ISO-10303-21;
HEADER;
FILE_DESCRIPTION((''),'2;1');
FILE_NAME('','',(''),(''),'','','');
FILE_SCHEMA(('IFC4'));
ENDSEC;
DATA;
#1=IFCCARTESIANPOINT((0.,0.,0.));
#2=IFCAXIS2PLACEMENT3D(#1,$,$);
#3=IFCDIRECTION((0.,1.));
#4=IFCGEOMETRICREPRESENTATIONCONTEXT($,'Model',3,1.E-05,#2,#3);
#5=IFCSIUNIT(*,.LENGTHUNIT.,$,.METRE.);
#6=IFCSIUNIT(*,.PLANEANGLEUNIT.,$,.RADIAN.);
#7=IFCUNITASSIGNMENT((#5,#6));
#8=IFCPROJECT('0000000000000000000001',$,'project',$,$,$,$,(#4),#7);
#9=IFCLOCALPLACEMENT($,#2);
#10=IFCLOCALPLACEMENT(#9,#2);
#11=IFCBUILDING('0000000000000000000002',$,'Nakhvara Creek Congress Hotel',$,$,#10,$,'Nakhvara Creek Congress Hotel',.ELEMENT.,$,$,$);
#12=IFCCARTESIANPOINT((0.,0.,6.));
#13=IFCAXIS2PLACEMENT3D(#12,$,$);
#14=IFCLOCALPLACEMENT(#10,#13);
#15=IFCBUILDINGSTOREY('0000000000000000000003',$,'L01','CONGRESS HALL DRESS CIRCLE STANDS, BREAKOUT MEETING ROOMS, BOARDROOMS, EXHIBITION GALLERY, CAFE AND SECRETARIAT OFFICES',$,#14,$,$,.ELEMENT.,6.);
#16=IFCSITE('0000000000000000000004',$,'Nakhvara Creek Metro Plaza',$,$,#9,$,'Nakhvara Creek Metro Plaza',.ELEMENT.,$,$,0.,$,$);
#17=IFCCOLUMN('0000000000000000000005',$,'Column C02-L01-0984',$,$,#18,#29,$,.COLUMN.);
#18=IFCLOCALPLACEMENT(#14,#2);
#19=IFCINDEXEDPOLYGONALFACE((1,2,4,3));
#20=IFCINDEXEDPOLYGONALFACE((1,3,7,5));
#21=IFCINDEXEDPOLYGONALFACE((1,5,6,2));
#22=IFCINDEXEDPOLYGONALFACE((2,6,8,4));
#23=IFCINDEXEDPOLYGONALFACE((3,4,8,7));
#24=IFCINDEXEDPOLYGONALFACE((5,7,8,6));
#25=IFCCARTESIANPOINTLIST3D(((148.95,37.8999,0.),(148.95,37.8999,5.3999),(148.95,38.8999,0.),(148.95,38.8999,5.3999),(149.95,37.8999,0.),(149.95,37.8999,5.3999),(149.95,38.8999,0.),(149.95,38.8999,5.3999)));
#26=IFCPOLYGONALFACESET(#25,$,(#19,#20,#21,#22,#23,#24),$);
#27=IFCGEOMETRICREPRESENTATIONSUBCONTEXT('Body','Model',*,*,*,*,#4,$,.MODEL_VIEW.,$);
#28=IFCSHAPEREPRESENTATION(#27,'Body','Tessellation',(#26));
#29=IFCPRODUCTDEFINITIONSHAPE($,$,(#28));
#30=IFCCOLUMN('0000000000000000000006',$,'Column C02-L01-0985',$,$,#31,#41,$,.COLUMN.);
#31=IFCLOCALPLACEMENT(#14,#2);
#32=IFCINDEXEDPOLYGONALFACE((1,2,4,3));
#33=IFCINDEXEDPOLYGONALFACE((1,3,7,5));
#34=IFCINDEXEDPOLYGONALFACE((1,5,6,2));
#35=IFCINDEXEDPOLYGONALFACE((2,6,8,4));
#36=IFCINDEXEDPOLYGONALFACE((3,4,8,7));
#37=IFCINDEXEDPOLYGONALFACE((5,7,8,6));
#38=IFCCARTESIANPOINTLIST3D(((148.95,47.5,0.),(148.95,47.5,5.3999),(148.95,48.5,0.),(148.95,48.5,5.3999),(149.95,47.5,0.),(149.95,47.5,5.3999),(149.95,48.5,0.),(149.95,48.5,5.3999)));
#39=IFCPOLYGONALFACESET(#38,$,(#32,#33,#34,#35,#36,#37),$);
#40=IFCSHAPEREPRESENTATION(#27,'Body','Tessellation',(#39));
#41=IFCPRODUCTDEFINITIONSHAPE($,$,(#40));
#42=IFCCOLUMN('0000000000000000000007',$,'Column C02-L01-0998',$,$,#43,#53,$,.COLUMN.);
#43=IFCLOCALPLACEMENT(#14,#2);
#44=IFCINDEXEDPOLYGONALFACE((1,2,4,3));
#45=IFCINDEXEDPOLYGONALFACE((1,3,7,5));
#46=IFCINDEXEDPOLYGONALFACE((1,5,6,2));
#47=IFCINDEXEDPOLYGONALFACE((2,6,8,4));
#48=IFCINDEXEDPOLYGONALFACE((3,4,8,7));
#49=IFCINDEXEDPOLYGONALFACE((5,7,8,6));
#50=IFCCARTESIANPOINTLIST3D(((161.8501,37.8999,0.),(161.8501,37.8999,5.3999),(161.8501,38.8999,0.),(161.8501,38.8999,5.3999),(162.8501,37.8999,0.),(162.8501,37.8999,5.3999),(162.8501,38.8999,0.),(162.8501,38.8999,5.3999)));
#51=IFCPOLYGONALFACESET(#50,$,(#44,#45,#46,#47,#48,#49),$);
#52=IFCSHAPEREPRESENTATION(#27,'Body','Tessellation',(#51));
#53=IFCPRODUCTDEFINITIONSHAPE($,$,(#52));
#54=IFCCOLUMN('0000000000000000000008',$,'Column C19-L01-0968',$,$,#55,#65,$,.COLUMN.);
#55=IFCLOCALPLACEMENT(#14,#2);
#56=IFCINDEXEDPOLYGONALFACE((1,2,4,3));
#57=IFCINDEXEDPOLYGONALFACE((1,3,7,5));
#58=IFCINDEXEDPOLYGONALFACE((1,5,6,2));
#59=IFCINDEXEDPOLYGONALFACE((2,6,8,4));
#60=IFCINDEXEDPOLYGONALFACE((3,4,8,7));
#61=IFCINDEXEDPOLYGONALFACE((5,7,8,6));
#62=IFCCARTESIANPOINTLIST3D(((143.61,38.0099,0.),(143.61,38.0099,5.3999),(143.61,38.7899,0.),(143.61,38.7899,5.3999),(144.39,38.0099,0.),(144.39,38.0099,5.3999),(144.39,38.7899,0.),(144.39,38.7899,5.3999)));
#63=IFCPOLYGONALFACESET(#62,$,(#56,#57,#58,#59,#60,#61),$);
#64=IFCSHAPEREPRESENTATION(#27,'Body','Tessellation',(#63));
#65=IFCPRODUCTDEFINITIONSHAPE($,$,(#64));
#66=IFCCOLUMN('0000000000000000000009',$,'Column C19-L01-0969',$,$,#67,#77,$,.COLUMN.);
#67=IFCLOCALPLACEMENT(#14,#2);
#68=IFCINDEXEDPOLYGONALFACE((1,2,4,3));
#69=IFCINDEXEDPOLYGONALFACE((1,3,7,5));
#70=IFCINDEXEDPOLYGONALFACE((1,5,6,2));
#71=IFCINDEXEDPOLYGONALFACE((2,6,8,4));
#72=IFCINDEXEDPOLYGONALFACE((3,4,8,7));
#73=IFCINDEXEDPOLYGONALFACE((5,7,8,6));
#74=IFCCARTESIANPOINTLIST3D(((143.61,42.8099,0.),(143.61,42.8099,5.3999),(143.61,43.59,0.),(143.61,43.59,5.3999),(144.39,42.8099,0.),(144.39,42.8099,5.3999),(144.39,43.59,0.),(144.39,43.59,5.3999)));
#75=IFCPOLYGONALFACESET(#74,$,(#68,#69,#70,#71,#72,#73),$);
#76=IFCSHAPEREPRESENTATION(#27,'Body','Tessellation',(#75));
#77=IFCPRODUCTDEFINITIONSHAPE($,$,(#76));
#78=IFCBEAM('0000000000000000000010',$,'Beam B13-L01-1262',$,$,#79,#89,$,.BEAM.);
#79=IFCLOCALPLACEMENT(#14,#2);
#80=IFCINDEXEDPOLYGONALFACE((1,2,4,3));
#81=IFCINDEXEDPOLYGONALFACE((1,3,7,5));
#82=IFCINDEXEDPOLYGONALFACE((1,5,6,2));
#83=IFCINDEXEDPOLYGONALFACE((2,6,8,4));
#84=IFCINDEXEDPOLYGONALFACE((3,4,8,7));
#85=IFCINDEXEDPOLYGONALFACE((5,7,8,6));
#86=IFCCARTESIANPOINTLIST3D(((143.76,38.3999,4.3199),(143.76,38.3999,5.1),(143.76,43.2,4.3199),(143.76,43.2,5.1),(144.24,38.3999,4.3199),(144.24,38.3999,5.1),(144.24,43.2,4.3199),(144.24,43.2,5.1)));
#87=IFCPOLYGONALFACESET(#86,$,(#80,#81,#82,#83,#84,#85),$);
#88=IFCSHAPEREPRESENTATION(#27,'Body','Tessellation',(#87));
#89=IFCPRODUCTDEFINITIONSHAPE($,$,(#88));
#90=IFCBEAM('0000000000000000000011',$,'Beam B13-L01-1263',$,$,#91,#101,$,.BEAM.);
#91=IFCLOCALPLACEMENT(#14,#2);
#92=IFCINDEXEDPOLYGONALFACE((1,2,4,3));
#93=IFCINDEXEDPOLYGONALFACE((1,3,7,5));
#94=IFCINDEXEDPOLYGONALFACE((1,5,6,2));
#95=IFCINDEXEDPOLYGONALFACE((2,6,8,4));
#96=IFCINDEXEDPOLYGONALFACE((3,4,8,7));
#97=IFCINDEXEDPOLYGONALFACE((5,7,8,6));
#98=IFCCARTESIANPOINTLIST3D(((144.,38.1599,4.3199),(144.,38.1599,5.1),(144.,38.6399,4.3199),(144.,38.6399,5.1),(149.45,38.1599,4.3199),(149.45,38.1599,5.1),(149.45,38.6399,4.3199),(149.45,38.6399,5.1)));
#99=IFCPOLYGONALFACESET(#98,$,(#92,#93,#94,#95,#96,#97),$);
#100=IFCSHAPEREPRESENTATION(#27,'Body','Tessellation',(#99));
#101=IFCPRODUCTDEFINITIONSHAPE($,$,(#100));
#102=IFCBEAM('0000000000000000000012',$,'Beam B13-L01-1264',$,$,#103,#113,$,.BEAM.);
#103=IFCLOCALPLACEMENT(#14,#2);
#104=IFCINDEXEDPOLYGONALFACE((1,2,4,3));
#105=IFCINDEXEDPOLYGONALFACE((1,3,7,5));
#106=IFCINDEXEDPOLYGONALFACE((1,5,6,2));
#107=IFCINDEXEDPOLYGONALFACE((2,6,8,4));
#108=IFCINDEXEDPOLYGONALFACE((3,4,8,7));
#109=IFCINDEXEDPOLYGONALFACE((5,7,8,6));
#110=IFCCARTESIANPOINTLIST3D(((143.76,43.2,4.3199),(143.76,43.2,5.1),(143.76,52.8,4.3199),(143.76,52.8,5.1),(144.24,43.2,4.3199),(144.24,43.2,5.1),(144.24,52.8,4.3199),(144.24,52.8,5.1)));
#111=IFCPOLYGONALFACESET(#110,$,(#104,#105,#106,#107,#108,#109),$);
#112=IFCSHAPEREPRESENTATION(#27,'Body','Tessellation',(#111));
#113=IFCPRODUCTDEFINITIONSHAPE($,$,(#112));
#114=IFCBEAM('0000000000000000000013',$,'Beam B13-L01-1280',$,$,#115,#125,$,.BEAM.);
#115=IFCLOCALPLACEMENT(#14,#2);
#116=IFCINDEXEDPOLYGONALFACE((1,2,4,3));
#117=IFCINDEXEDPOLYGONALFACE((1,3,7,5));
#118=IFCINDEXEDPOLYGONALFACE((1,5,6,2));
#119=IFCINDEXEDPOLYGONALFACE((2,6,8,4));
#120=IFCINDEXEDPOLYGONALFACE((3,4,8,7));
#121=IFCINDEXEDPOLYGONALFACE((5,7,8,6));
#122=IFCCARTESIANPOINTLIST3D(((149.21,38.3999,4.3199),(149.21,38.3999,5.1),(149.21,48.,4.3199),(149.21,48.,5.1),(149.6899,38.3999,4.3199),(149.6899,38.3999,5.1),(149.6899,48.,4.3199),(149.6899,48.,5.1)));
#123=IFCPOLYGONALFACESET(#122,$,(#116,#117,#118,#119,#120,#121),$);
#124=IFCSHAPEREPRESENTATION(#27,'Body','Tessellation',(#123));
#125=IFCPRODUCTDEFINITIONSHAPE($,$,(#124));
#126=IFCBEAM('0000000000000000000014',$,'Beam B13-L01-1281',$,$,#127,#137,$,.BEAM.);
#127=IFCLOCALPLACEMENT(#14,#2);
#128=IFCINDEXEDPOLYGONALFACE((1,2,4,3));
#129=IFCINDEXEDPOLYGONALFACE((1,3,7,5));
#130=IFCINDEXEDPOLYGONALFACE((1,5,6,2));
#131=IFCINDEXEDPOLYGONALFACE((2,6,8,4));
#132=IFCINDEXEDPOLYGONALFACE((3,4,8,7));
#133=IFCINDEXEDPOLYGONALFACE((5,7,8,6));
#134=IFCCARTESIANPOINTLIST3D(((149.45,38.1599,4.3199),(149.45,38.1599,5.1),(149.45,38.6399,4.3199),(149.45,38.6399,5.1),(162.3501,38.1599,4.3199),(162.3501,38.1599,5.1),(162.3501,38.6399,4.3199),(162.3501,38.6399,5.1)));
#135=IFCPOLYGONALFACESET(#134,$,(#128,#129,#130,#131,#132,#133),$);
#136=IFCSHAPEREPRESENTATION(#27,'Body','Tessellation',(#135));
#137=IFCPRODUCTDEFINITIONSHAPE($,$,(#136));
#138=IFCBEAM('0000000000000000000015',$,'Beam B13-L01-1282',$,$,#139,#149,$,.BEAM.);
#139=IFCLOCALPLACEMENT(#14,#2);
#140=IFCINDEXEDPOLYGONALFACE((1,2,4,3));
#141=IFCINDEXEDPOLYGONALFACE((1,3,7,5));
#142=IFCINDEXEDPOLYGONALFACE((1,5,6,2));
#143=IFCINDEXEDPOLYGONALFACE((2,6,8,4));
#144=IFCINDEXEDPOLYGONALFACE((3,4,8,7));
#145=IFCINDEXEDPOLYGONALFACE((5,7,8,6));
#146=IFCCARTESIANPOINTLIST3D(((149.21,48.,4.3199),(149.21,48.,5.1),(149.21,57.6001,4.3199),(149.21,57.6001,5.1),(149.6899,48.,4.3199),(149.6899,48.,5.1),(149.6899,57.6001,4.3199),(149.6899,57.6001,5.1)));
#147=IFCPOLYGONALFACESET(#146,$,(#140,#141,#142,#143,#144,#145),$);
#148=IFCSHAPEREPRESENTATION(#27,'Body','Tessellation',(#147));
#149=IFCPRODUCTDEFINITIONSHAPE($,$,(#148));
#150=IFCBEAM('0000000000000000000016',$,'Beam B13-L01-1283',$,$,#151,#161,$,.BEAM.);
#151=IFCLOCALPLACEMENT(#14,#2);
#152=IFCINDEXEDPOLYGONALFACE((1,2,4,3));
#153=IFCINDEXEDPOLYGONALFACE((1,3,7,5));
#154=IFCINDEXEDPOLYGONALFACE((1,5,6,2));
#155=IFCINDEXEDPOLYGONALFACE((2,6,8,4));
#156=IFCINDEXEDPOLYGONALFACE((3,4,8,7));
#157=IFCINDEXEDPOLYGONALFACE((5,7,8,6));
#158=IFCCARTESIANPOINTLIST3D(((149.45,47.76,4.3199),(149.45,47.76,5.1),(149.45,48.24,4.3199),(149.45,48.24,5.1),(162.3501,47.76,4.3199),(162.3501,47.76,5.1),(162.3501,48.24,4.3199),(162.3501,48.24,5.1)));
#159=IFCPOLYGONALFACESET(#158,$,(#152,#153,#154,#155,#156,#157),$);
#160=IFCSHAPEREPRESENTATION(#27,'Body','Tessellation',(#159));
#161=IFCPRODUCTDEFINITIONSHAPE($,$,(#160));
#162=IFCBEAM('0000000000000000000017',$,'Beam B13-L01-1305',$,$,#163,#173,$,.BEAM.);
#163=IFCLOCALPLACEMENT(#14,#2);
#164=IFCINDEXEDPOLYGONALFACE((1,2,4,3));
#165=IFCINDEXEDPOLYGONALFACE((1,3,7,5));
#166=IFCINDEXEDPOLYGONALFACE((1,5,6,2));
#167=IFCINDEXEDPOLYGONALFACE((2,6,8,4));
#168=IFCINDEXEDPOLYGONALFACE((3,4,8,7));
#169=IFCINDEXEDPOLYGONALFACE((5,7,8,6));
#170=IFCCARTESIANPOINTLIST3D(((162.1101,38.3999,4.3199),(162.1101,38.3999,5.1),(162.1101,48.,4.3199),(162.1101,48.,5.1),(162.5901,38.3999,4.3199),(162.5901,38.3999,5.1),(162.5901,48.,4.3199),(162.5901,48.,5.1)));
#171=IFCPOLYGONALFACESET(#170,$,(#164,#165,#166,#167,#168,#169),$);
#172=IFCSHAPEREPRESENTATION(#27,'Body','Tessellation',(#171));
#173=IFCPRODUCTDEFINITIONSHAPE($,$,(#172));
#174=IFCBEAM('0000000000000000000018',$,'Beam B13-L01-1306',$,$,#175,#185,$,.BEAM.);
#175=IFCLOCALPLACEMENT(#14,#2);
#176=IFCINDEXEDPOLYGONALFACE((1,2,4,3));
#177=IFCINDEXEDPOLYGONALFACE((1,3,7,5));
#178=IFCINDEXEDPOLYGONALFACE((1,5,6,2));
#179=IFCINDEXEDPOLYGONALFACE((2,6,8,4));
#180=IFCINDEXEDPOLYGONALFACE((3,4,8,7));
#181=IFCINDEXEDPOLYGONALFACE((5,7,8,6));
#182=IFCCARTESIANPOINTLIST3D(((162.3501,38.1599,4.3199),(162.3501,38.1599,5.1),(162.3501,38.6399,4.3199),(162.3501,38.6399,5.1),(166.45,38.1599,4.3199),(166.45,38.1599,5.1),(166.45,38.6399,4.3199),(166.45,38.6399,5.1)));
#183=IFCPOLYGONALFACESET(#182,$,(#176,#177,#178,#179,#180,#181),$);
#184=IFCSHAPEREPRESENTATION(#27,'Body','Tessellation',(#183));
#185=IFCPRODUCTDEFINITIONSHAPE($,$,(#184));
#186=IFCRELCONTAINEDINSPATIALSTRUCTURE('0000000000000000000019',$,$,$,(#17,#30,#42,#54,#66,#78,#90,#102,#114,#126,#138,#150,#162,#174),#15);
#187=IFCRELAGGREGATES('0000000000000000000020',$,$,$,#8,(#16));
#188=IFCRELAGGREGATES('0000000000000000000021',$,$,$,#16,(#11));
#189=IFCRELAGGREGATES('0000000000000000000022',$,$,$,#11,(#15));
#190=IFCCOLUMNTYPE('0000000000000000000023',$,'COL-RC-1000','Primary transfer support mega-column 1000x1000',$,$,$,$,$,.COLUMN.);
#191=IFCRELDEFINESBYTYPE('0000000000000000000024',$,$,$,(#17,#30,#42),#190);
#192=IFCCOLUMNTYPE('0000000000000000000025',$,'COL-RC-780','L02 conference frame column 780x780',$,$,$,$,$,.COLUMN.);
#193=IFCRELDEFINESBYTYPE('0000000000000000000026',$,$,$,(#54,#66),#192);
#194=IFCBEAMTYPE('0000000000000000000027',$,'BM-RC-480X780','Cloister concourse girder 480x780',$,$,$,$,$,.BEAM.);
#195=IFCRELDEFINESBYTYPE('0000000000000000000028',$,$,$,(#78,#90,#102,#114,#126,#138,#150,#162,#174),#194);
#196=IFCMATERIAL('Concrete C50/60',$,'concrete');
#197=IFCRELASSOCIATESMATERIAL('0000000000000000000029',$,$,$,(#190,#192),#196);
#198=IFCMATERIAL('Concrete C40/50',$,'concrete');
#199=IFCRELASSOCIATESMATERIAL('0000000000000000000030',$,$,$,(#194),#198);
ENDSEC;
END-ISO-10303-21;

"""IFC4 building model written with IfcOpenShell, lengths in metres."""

from ifc_helpers import new_model, si_unit, direction, frame, origin, origin_2d, place, context, subcontext, project, spatial, rectangle, extrude, material, material_profile, profile_set, type_object, element, save


model = new_model("IFC4")

# Units and contexts
model_context = context("Model", 3, precision=1e-05, world=origin(), true_north=direction((0.0, 1.0)))
body_context = subcontext(model_context, "Body", "Model", "MODEL_VIEW")
ifc_project = project(units=[si_unit("LENGTHUNIT", "METRE"), si_unit("PLANEANGLEUNIT", "RADIAN")], contexts=[model_context])

# Site, building, storey
site_placement = place(None, origin())
site = spatial("IfcSite", under=ifc_project, at=site_placement, Name="Nakhvara Creek Metro Plaza", LongName="Nakhvara Creek Metro Plaza", CompositionType="ELEMENT", RefElevation=0.0)
building_placement = place(site_placement, origin())
building = spatial("IfcBuilding", under=site, at=building_placement, Name="Nakhvara Creek Congress Hotel", LongName="Nakhvara Creek Congress Hotel", CompositionType="ELEMENT")
storey_placement = place(building_placement, frame((0.0, 0.0, 6.0)))
storey = spatial("IfcBuildingStorey", under=building, at=storey_placement, Name="L01", Description="CONGRESS HALL DRESS CIRCLE STANDS, BREAKOUT MEETING ROOMS, BOARDROOMS, EXHIBITION GALLERY, CAFE AND SECRETARIAT OFFICES", CompositionType="ELEMENT", Elevation=6.0)

# Columns
ifc_material_1 = material(Name="Concrete C50/60", Category="concrete")
ifc_material_profile_1 = material_profile(ifc_material_1, rectangle(XDim=1.0, YDim=1.0, at=origin_2d()), Name="RC-COL 1000x1000", Category="LoadBearing")
ifc_profile_set_1 = profile_set([ifc_material_profile_1], Name="Concrete C50/60")
column_type_1 = type_object("IfcColumnType", Name="COL-RC-1000", Description="Primary transfer support mega-column 1000x1000", PredefinedType="COLUMN", material=ifc_profile_set_1)
for number, where, z_axis, x_axis, name in (
    (1, (149.45, 38.3999, 0.0), (0.0, 0.0, 1.0), (1.0, 0.0, 0.0), "Column C02-L01-0984"),
    (2, (149.45, 48.0, 0.0), (0.0, 0.0, 1.0), (1.0, 0.0, 0.0), "Column C02-L01-0985"),
    (3, (162.3501, 38.3999, 0.0), (0.0, 0.0, 1.0), (1.0, 0.0, 0.0), "Column C02-L01-0998"),
):
    element("IfcColumn", number, at=place(storey_placement, frame(where, z_axis=z_axis, x_axis=x_axis)), inside=storey, type_object=column_type_1, Name=name, PredefinedType="COLUMN", context=body_context, shape_type="SweptSolid", body=[
        extrude(rectangle(XDim=1.0, YDim=1.0, at=origin_2d()), origin(), (0.0, 0.0, 1.0), 5.3999),
    ])
ifc_material_profile_2 = material_profile(ifc_material_1, rectangle(XDim=0.78, YDim=0.78, at=origin_2d()), Name="RC-COL 780x780", Category="LoadBearing")
ifc_profile_set_2 = profile_set([ifc_material_profile_2], Name="Concrete C50/60")
column_type_2 = type_object("IfcColumnType", Name="COL-RC-780", Description="L02 conference frame column 780x780", PredefinedType="COLUMN", material=ifc_profile_set_2)
for number, where, z_axis, x_axis, name in (
    (4, (144.0, 38.3999, 0.0), (0.0, 0.0, 1.0), (1.0, 0.0, 0.0), "Column C19-L01-0968"),
    (5, (144.0, 43.2, 0.0), (0.0, 0.0, 1.0), (1.0, 0.0, 0.0), "Column C19-L01-0969"),
):
    element("IfcColumn", number, at=place(storey_placement, frame(where, z_axis=z_axis, x_axis=x_axis)), inside=storey, type_object=column_type_2, Name=name, PredefinedType="COLUMN", context=body_context, shape_type="SweptSolid", body=[
        extrude(rectangle(XDim=0.78, YDim=0.78, at=origin_2d()), origin(), (0.0, 0.0, 1.0), 5.3999),
    ])

# Beams
ifc_material_2 = material(Name="Concrete C40/50", Category="concrete")
ifc_material_profile_3 = material_profile(ifc_material_2, rectangle(XDim=0.48, YDim=0.78, at=origin_2d()), Name="RC-BM 480x780", Category="LoadBearing")
ifc_profile_set_3 = profile_set([ifc_material_profile_3], Name="Concrete C40/50")
beam_type = type_object("IfcBeamType", Name="BM-RC-480X780", Description="Cloister concourse girder 480x780", PredefinedType="BEAM", material=ifc_profile_set_3)
beam_1_placement = place(storey_placement, frame((144.0, 38.3999, 4.71), z_axis=(0.0, 1.0, 0.0), x_axis=(-1.0, 0.0, 0.0)))
element("IfcBeam", 6, at=beam_1_placement, inside=storey, type_object=beam_type, Name="Beam B13-L01-1262", PredefinedType="BEAM", context=body_context, shape_type="SweptSolid", body=[
    extrude(rectangle(XDim=0.48, YDim=0.78, at=origin_2d()), origin(), (0.0, 0.0, 1.0), 4.8),
])
beam_2_placement = place(storey_placement, frame((144.0, 38.3999, 4.71), z_axis=(1.0, 0.0, 0.0), x_axis=(0.0, 1.0, 0.0)))
element("IfcBeam", 7, at=beam_2_placement, inside=storey, type_object=beam_type, Name="Beam B13-L01-1263", PredefinedType="BEAM", context=body_context, shape_type="SweptSolid", body=[
    extrude(rectangle(XDim=0.48, YDim=0.78, at=origin_2d()), origin(), (0.0, 0.0, 1.0), 5.45),
])
for number, where, z_axis, x_axis, name in (
    (8, (144.0, 43.2, 4.71), (0.0, 1.0, 0.0), (-1.0, 0.0, 0.0), "Beam B13-L01-1264"),
    (9, (149.45, 38.3999, 4.71), (0.0, 1.0, 0.0), (-1.0, 0.0, 0.0), "Beam B13-L01-1280"),
):
    element("IfcBeam", number, at=place(storey_placement, frame(where, z_axis=z_axis, x_axis=x_axis)), inside=storey, type_object=beam_type, Name=name, PredefinedType="BEAM", context=body_context, shape_type="SweptSolid", body=[
        extrude(rectangle(XDim=0.48, YDim=0.78, at=origin_2d()), origin(), (0.0, 0.0, 1.0), 9.6001),
    ])
beam_3_placement = place(storey_placement, frame((149.45, 38.3999, 4.71), z_axis=(1.0, 0.0, 0.0), x_axis=(0.0, 1.0, 0.0)))
element("IfcBeam", 10, at=beam_3_placement, inside=storey, type_object=beam_type, Name="Beam B13-L01-1281", PredefinedType="BEAM", context=body_context, shape_type="SweptSolid", body=[
    extrude(rectangle(XDim=0.48, YDim=0.78, at=origin_2d()), origin(), (0.0, 0.0, 1.0), 12.9001),
])
beam_4_placement = place(storey_placement, frame((149.45, 48.0, 4.71), z_axis=(0.0, 1.0, 0.0), x_axis=(-1.0, 0.0, 0.0)))
element("IfcBeam", 11, at=beam_4_placement, inside=storey, type_object=beam_type, Name="Beam B13-L01-1282", PredefinedType="BEAM", context=body_context, shape_type="SweptSolid", body=[
    extrude(rectangle(XDim=0.48, YDim=0.78, at=origin_2d()), origin(), (0.0, 0.0, 1.0), 9.6001),
])
beam_5_placement = place(storey_placement, frame((149.45, 48.0, 4.71), z_axis=(1.0, 0.0, 0.0), x_axis=(0.0, 1.0, 0.0)))
element("IfcBeam", 12, at=beam_5_placement, inside=storey, type_object=beam_type, Name="Beam B13-L01-1283", PredefinedType="BEAM", context=body_context, shape_type="SweptSolid", body=[
    extrude(rectangle(XDim=0.48, YDim=0.78, at=origin_2d()), origin(), (0.0, 0.0, 1.0), 12.9001),
])
beam_6_placement = place(storey_placement, frame((162.3501, 38.3999, 4.71), z_axis=(0.0, 1.0, 0.0), x_axis=(-1.0, 0.0, 0.0)))
element("IfcBeam", 13, at=beam_6_placement, inside=storey, type_object=beam_type, Name="Beam B13-L01-1305", PredefinedType="BEAM", context=body_context, shape_type="SweptSolid", body=[
    extrude(rectangle(XDim=0.48, YDim=0.78, at=origin_2d()), origin(), (0.0, 0.0, 1.0), 9.6001),
])
beam_7_placement = place(storey_placement, frame((162.3501, 38.3999, 4.71), z_axis=(1.0, 0.0, 0.0), x_axis=(0.0, 1.0, 0.0)))
element("IfcBeam", 14, at=beam_7_placement, inside=storey, type_object=beam_type, Name="Beam B13-L01-1306", PredefinedType="BEAM", context=body_context, shape_type="SweptSolid", body=[
    extrude(rectangle(XDim=0.48, YDim=0.78, at=origin_2d()), origin(), (0.0, 0.0, 1.0), 4.0999),
])

save(model, "model.ifc")
